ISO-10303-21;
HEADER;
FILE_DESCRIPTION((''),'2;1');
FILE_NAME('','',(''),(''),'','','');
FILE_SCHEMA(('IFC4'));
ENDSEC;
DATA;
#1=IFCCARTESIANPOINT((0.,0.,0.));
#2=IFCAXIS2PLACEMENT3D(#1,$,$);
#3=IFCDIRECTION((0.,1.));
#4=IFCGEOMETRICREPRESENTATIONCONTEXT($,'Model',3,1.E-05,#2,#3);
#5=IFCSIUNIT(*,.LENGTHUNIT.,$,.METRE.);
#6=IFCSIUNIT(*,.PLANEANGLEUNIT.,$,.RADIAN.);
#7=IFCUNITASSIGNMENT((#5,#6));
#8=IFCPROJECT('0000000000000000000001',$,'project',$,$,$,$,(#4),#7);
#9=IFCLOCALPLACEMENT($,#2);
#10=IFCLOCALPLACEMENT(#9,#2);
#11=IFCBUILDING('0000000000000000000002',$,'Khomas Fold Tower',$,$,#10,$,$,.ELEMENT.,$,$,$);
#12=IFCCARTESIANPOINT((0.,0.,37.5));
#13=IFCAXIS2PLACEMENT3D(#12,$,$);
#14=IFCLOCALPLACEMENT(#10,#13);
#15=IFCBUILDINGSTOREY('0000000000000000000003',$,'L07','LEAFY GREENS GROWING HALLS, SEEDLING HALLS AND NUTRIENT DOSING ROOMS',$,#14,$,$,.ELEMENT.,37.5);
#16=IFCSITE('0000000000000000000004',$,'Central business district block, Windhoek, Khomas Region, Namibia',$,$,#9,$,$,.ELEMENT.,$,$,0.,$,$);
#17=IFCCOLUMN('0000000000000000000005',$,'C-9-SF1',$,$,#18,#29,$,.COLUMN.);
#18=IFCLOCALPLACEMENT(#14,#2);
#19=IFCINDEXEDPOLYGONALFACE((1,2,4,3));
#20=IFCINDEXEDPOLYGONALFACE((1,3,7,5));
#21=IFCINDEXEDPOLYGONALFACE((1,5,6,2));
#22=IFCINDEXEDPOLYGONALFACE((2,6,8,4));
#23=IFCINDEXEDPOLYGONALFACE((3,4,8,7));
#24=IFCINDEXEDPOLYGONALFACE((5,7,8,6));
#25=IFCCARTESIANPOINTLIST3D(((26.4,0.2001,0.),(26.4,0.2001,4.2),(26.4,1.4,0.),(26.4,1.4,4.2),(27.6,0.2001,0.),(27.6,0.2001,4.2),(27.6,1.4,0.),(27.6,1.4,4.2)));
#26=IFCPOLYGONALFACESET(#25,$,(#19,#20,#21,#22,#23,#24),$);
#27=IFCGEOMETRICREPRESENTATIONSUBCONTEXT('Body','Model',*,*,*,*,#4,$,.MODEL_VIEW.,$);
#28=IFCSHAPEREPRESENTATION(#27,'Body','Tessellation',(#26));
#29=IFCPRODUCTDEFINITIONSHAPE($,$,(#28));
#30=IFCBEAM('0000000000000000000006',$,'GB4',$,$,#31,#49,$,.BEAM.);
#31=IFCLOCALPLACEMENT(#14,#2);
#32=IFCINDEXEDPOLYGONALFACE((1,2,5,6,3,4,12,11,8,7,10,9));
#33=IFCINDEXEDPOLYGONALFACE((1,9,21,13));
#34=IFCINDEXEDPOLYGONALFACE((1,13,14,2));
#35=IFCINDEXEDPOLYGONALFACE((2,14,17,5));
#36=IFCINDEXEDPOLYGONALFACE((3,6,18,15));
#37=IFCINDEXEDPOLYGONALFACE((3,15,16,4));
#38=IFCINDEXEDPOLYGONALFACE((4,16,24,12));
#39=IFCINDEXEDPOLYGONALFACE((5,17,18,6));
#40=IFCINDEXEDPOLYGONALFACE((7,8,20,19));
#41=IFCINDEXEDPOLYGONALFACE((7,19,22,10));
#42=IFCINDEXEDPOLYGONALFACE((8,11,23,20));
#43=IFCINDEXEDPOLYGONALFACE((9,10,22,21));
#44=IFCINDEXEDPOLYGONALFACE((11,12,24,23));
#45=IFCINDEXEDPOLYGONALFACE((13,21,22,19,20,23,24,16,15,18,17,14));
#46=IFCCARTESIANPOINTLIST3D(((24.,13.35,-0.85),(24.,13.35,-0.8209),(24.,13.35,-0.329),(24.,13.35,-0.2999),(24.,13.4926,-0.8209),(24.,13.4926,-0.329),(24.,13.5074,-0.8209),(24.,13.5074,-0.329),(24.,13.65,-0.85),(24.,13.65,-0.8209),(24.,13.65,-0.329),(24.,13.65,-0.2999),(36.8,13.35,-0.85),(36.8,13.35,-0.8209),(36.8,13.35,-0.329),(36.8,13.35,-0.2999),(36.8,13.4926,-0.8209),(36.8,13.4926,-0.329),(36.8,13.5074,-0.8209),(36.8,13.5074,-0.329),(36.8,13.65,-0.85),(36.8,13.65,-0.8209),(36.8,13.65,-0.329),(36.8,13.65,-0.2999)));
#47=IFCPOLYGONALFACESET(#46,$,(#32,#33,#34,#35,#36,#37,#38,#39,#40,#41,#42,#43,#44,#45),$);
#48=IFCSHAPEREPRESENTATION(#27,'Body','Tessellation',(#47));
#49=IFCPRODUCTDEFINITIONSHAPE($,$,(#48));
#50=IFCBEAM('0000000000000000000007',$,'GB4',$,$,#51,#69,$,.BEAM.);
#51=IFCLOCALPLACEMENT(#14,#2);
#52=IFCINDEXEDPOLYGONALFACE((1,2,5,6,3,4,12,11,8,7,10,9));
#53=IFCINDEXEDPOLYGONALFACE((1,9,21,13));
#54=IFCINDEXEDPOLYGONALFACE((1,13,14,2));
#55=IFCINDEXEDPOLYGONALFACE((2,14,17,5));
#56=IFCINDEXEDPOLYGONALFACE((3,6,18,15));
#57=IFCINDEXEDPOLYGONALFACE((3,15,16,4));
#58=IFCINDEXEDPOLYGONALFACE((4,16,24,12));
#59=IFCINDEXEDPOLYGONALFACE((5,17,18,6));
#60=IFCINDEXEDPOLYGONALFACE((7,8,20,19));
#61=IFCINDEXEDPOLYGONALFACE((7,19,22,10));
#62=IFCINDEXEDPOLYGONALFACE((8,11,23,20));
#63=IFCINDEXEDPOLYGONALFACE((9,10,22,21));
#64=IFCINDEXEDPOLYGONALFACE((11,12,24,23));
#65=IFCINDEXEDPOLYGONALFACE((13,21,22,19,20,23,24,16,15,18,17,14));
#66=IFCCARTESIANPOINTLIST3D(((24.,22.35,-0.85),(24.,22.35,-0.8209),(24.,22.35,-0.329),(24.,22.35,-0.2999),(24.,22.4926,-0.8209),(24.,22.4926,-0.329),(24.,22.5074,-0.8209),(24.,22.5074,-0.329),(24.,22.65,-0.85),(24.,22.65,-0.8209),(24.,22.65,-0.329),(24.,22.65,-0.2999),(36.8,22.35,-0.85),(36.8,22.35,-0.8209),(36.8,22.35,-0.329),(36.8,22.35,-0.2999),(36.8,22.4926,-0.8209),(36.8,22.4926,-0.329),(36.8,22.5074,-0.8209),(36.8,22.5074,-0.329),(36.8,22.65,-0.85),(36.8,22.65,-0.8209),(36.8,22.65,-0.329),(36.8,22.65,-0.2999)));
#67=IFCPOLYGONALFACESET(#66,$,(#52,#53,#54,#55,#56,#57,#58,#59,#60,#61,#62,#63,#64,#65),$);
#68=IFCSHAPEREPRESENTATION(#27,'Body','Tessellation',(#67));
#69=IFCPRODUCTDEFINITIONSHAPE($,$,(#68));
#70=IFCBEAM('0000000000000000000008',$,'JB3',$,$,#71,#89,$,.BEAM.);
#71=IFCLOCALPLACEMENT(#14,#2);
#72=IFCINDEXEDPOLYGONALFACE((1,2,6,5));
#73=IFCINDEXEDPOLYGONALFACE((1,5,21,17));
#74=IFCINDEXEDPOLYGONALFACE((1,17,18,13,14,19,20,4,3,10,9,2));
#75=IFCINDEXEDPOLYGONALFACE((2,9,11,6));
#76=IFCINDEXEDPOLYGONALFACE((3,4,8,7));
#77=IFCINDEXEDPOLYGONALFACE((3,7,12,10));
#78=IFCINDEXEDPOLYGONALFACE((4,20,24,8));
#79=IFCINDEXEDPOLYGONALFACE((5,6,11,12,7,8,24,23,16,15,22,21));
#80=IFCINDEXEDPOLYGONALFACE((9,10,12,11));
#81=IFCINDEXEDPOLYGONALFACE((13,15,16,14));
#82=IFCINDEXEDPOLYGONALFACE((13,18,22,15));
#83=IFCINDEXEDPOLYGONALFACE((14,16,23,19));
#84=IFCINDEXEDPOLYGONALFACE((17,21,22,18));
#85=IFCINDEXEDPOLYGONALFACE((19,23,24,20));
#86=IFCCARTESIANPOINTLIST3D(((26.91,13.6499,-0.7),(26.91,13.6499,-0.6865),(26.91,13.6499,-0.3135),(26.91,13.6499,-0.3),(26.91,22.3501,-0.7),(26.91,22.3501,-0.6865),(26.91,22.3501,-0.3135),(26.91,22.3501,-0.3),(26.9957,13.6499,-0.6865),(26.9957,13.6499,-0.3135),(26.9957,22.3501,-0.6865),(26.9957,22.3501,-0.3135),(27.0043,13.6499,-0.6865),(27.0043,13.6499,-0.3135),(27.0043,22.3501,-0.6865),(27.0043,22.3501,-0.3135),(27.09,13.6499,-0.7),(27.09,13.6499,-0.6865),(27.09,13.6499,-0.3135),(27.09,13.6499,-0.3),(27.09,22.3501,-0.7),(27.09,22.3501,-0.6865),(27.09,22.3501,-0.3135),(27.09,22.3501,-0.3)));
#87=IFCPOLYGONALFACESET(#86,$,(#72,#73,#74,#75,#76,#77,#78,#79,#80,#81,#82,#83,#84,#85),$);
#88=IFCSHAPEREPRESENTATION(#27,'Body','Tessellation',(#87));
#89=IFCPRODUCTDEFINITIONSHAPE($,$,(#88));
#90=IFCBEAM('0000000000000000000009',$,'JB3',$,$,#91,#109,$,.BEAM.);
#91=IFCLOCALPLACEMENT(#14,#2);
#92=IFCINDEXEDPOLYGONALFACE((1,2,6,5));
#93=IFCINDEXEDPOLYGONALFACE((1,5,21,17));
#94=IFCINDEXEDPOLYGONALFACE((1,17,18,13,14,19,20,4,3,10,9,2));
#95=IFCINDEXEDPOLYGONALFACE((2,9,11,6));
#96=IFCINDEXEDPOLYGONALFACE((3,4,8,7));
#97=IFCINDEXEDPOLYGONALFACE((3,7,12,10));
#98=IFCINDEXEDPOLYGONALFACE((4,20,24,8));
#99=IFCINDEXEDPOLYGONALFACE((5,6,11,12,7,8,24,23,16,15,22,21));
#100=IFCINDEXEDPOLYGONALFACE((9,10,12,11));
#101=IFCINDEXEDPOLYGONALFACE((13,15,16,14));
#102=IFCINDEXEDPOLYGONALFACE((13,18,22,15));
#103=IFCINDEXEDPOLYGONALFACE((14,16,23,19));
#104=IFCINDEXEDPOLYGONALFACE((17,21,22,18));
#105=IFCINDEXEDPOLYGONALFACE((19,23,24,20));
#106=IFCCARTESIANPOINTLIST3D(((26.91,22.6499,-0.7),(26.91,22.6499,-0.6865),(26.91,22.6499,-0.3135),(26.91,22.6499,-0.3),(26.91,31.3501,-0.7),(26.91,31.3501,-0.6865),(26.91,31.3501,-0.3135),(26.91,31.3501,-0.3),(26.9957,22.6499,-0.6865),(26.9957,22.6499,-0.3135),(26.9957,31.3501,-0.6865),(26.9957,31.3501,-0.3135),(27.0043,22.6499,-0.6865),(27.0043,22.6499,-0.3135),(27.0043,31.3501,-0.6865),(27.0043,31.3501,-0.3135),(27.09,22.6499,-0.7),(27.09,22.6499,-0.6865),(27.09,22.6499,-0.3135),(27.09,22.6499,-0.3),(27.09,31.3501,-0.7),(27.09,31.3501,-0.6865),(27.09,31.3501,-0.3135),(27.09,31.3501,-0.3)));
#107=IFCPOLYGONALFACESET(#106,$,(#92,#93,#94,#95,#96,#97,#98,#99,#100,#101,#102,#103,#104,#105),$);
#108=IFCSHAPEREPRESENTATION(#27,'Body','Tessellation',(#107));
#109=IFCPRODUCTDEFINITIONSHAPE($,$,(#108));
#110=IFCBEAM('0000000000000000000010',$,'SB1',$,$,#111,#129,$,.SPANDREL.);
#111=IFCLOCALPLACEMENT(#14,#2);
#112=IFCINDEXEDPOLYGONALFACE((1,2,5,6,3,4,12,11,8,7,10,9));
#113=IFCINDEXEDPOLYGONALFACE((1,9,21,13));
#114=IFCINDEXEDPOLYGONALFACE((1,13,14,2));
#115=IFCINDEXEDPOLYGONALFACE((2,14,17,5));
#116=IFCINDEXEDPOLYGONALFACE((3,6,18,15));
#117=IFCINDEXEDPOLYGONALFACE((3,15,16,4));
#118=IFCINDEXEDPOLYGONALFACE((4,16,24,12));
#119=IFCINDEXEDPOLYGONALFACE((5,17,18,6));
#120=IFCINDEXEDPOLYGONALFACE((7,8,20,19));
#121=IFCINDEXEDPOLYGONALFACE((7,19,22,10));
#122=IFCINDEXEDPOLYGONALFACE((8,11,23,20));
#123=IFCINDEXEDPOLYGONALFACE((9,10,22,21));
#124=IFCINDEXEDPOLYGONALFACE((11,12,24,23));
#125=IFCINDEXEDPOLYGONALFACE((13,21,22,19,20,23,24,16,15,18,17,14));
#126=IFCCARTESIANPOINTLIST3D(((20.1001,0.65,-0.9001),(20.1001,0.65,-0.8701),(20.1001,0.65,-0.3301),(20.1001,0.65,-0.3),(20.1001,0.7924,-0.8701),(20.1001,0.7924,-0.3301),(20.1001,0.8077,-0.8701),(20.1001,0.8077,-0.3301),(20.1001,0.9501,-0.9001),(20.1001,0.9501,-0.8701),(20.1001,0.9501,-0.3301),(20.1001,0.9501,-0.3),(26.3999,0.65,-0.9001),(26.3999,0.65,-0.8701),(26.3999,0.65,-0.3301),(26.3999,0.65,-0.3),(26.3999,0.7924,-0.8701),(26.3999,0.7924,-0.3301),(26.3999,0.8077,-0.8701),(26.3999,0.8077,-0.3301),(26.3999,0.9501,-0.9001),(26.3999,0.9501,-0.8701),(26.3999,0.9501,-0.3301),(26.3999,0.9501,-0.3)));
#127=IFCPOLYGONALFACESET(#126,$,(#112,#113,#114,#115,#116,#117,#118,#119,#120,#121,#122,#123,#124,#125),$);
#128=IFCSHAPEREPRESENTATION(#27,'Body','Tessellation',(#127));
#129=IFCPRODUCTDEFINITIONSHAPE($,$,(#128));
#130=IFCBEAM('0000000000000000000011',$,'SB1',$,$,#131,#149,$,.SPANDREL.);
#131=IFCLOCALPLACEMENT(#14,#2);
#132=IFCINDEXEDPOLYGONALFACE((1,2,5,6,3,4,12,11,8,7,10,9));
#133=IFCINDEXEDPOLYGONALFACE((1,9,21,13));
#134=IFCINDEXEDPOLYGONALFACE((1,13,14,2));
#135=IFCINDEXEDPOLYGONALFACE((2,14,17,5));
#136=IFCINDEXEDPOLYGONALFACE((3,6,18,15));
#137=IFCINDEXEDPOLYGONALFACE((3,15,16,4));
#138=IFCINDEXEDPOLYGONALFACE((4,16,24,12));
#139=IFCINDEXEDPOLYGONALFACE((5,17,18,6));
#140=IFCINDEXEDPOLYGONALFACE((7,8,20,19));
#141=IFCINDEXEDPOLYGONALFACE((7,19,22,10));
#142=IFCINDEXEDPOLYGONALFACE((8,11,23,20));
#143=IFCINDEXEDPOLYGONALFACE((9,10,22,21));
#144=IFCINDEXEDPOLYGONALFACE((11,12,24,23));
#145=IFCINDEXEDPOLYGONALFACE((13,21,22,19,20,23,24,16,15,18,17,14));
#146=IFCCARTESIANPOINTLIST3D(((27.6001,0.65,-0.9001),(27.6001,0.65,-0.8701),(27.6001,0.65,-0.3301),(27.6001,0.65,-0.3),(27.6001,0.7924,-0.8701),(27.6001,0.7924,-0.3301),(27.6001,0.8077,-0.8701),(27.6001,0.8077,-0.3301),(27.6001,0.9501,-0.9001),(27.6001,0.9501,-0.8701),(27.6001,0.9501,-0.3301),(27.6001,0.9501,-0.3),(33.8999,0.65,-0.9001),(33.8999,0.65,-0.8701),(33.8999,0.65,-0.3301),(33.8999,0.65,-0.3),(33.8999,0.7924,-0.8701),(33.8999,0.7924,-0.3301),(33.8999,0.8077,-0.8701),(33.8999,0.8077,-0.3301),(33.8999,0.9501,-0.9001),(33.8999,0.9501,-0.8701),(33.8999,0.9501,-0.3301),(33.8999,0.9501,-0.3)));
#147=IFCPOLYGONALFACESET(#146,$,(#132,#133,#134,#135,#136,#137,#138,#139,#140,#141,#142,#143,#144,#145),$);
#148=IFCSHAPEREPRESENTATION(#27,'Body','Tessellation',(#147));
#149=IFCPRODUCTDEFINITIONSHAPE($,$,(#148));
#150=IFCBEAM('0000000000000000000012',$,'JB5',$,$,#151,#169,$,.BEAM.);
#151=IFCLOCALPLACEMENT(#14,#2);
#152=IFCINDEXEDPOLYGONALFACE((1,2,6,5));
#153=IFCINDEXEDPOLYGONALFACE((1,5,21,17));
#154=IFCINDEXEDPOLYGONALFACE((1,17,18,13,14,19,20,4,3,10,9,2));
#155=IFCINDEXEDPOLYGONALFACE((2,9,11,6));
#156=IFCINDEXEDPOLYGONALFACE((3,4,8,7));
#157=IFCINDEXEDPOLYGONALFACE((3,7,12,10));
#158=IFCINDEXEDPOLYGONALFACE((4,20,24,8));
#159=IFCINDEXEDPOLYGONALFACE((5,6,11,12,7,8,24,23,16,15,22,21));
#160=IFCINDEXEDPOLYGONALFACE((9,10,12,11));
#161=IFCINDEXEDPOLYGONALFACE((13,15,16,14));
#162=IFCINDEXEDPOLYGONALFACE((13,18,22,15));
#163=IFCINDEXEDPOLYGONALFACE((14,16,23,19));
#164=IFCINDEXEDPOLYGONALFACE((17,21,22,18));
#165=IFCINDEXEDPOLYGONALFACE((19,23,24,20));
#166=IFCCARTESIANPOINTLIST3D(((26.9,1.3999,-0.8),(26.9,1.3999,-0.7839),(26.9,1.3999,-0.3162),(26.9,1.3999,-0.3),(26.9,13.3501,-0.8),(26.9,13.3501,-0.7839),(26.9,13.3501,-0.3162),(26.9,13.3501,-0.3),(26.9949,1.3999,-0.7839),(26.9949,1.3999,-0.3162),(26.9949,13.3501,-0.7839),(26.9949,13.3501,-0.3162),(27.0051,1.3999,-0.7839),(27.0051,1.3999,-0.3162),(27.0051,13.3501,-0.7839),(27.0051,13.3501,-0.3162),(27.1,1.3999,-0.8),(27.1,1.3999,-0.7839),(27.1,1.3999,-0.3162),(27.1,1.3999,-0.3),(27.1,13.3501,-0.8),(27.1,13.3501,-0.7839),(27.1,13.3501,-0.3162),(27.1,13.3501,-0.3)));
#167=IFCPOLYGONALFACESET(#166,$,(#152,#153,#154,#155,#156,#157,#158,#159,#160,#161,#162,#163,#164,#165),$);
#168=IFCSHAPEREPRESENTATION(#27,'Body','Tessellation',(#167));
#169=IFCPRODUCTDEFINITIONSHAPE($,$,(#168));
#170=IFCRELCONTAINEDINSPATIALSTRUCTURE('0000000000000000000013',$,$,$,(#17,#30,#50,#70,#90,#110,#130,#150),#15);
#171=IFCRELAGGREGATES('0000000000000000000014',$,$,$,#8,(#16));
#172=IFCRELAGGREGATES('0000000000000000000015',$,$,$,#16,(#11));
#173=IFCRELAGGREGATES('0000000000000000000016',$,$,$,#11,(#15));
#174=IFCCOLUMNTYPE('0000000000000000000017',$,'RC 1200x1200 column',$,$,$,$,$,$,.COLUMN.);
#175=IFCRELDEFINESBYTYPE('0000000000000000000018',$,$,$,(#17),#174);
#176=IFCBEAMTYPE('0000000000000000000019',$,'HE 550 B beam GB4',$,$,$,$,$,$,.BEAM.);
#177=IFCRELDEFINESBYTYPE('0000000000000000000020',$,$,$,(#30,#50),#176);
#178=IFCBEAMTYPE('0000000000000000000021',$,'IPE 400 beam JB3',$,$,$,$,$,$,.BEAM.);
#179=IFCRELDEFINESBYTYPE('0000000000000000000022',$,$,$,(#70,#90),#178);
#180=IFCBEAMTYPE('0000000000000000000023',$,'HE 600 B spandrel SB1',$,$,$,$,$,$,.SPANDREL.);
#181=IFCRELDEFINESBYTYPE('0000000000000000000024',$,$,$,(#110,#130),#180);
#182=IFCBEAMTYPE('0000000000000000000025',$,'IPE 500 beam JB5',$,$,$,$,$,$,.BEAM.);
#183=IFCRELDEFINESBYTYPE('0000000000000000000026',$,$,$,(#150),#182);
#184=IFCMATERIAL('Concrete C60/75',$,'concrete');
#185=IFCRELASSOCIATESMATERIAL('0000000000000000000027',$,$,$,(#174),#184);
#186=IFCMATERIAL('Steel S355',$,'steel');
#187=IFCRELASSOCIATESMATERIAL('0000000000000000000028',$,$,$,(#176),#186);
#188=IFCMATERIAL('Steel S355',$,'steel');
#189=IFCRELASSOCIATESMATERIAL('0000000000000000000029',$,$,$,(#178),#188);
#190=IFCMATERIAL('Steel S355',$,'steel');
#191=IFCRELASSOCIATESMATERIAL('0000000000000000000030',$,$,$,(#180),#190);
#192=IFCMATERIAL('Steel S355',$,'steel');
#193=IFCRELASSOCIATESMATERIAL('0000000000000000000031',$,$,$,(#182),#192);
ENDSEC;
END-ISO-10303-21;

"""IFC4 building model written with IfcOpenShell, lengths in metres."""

from ifc_helpers import new_model, si_unit, direction, frame, origin, origin_2d, place, context, subcontext, project, spatial, rectangle, i_section, extrude, source, transform, mapped, material, material_profile, profile_set, type_object, element, save


model = new_model("IFC4")

# Units and contexts
model_context = context("Model", 3, precision=1e-05, world=origin(), true_north=direction((0.0, 1.0)))
body_context = subcontext(model_context, "Body", "Model", "MODEL_VIEW")
ifc_project = project(units=[si_unit("LENGTHUNIT", "METRE"), si_unit("PLANEANGLEUNIT", "RADIAN")], contexts=[model_context])

# Site, building, storey
site_placement = place(None, origin())
site = spatial("IfcSite", under=ifc_project, at=site_placement, Name="Central business district block, Windhoek, Khomas Region, Namibia", CompositionType="ELEMENT", RefElevation=0.0)
building_placement = place(site_placement, origin())
building = spatial("IfcBuilding", under=site, at=building_placement, Name="Khomas Fold Tower", CompositionType="ELEMENT")
storey_placement = place(building_placement, frame((0.0, 0.0, 37.5)))
storey = spatial("IfcBuildingStorey", under=building, at=storey_placement, Name="L07", Description="LEAFY GREENS GROWING HALLS, SEEDLING HALLS AND NUTRIENT DOSING ROOMS", CompositionType="ELEMENT", Elevation=37.5)

# Column
ifc_material_1 = material(Name="Concrete C60/75", Category="concrete")
ifc_material_profile_1 = material_profile(ifc_material_1, rectangle(XDim=1.2, YDim=1.2, at=origin_2d()), Name="RC 1200x1200")
ifc_profile_set_1 = profile_set([ifc_material_profile_1], Name="Concrete C60/75")
column_type = type_object("IfcColumnType", Name="RC 1200x1200 column", PredefinedType="COLUMN", material=ifc_profile_set_1)
shared_shape_1 = source(origin(), body_context, "Body", "SweptSolid", [
    extrude(rectangle(XDim=1.2, YDim=1.2, at=origin_2d()), origin(), (0.0, 0.0, 1.0), 4.2),
])
column_placement = place(storey_placement, frame((27.0, 0.8, 0.0), z_axis=(0.0, 0.0, 1.0), x_axis=(1.0, 0.0, 0.0)))
element("IfcColumn", 1, at=column_placement, inside=storey, type_object=column_type, Name="C-9-SF1", PredefinedType="COLUMN", context=body_context, shape_type="MappedRepresentation", body=[
    mapped(shared_shape_1, transform((0.0, 0.0, 0.0))),
])

# Beams
ifc_material_2 = material(Name="Steel S355", Category="steel")
ifc_material_profile_2 = material_profile(ifc_material_2, i_section(OverallWidth=0.3, OverallDepth=0.55, WebThickness=0.0149, FlangeThickness=0.0291, at=origin_2d()), Name="HE 550 B")
ifc_profile_set_2 = profile_set([ifc_material_profile_2], Name="Steel S355")
beam_type_1 = type_object("IfcBeamType", Name="HE 550 B beam GB4", PredefinedType="BEAM", material=ifc_profile_set_2)
shared_shape_2 = source(origin(), body_context, "Body", "SweptSolid", [
    extrude(i_section(OverallWidth=0.3, OverallDepth=0.55, WebThickness=0.0149, FlangeThickness=0.0291, at=origin_2d()), origin(), (0.0, 0.0, 1.0), 12.8),
])
for number, where, z_axis, x_axis, name in (
    (2, (24.0, 13.5, -0.575), (1.0, 0.0, 0.0), (0.0, 1.0, 0.0), "GB4"),
    (3, (24.0, 22.5, -0.575), (1.0, 0.0, 0.0), (0.0, 1.0, 0.0), "GB4"),
):
    element("IfcBeam", number, at=place(storey_placement, frame(where, z_axis=z_axis, x_axis=x_axis)), inside=storey, type_object=beam_type_1, Name=name, PredefinedType="BEAM", context=body_context, shape_type="MappedRepresentation", body=[
        mapped(shared_shape_2, transform((0.0, 0.0, 0.0))),
    ])
ifc_material_3 = material(Name="Steel S355", Category="steel")
ifc_material_profile_3 = material_profile(ifc_material_3, i_section(OverallWidth=0.1799, OverallDepth=0.3999, WebThickness=0.0085, FlangeThickness=0.0134, at=origin_2d()), Name="IPE 400")
ifc_profile_set_3 = profile_set([ifc_material_profile_3], Name="Steel S355")
beam_type_2 = type_object("IfcBeamType", Name="IPE 400 beam JB3", PredefinedType="BEAM", material=ifc_profile_set_3)
shared_shape_3 = source(origin(), body_context, "Body", "SweptSolid", [
    extrude(i_section(OverallWidth=0.1799, OverallDepth=0.3999, WebThickness=0.0085, FlangeThickness=0.0134, at=origin_2d()), origin(), (0.0, 0.0, 1.0), 8.7002),
])
for number, where, z_axis, x_axis, name in (
    (4, (27.0, 13.6499, -0.5), (0.0, 1.0, 0.0), (-1.0, 0.0, 0.0), "JB3"),
    (5, (27.0, 22.6499, -0.5), (0.0, 1.0, 0.0), (-1.0, 0.0, 0.0), "JB3"),
):
    element("IfcBeam", number, at=place(storey_placement, frame(where, z_axis=z_axis, x_axis=x_axis)), inside=storey, type_object=beam_type_2, Name=name, PredefinedType="BEAM", context=body_context, shape_type="MappedRepresentation", body=[
        mapped(shared_shape_3, transform((0.0, 0.0, 0.0))),
    ])
ifc_material_4 = material(Name="Steel S355", Category="steel")
ifc_material_profile_4 = material_profile(ifc_material_4, i_section(OverallWidth=0.3, OverallDepth=0.6001, WebThickness=0.0154, FlangeThickness=0.03, at=origin_2d()), Name="HE 600 B")
ifc_profile_set_4 = profile_set([ifc_material_profile_4], Name="Steel S355")
beam_type_3 = type_object("IfcBeamType", Name="HE 600 B spandrel SB1", PredefinedType="SPANDREL", material=ifc_profile_set_4)
shared_shape_4 = source(origin(), body_context, "Body", "SweptSolid", [
    extrude(i_section(OverallWidth=0.3, OverallDepth=0.6001, WebThickness=0.0154, FlangeThickness=0.03, at=origin_2d()), origin(), (0.0, 0.0, 1.0), 6.2998),
])
for number, where, z_axis, x_axis, name in (
    (6, (20.1001, 0.8, -0.6001), (1.0, 0.0, 0.0), (0.0, 1.0, 0.0), "SB1"),
    (7, (27.6001, 0.8, -0.6001), (1.0, 0.0, 0.0), (0.0, 1.0, 0.0), "SB1"),
):
    element("IfcBeam", number, at=place(storey_placement, frame(where, z_axis=z_axis, x_axis=x_axis)), inside=storey, type_object=beam_type_3, Name=name, PredefinedType="SPANDREL", context=body_context, shape_type="MappedRepresentation", body=[
        mapped(shared_shape_4, transform((0.0, 0.0, 0.0))),
    ])
ifc_material_5 = material(Name="Steel S355", Category="steel")
ifc_material_profile_5 = material_profile(ifc_material_5, i_section(OverallWidth=0.2, OverallDepth=0.5, WebThickness=0.0103, FlangeThickness=0.0161, at=origin_2d()), Name="IPE 500")
ifc_profile_set_5 = profile_set([ifc_material_profile_5], Name="Steel S355")
beam_type_4 = type_object("IfcBeamType", Name="IPE 500 beam JB5", PredefinedType="BEAM", material=ifc_profile_set_5)
shared_shape_5 = source(origin(), body_context, "Body", "SweptSolid", [
    extrude(i_section(OverallWidth=0.2, OverallDepth=0.5, WebThickness=0.0103, FlangeThickness=0.0161, at=origin_2d()), origin(), (0.0, 0.0, 1.0), 11.9502),
])
beam_placement = place(storey_placement, frame((27.0, 1.3999, -0.55), z_axis=(0.0, 1.0, 0.0), x_axis=(-1.0, 0.0, 0.0)))
element("IfcBeam", 8, at=beam_placement, inside=storey, type_object=beam_type_4, Name="JB5", PredefinedType="BEAM", context=body_context, shape_type="MappedRepresentation", body=[
    mapped(shared_shape_5, transform((0.0, 0.0, 0.0))),
])

save(model, "model.ifc")
